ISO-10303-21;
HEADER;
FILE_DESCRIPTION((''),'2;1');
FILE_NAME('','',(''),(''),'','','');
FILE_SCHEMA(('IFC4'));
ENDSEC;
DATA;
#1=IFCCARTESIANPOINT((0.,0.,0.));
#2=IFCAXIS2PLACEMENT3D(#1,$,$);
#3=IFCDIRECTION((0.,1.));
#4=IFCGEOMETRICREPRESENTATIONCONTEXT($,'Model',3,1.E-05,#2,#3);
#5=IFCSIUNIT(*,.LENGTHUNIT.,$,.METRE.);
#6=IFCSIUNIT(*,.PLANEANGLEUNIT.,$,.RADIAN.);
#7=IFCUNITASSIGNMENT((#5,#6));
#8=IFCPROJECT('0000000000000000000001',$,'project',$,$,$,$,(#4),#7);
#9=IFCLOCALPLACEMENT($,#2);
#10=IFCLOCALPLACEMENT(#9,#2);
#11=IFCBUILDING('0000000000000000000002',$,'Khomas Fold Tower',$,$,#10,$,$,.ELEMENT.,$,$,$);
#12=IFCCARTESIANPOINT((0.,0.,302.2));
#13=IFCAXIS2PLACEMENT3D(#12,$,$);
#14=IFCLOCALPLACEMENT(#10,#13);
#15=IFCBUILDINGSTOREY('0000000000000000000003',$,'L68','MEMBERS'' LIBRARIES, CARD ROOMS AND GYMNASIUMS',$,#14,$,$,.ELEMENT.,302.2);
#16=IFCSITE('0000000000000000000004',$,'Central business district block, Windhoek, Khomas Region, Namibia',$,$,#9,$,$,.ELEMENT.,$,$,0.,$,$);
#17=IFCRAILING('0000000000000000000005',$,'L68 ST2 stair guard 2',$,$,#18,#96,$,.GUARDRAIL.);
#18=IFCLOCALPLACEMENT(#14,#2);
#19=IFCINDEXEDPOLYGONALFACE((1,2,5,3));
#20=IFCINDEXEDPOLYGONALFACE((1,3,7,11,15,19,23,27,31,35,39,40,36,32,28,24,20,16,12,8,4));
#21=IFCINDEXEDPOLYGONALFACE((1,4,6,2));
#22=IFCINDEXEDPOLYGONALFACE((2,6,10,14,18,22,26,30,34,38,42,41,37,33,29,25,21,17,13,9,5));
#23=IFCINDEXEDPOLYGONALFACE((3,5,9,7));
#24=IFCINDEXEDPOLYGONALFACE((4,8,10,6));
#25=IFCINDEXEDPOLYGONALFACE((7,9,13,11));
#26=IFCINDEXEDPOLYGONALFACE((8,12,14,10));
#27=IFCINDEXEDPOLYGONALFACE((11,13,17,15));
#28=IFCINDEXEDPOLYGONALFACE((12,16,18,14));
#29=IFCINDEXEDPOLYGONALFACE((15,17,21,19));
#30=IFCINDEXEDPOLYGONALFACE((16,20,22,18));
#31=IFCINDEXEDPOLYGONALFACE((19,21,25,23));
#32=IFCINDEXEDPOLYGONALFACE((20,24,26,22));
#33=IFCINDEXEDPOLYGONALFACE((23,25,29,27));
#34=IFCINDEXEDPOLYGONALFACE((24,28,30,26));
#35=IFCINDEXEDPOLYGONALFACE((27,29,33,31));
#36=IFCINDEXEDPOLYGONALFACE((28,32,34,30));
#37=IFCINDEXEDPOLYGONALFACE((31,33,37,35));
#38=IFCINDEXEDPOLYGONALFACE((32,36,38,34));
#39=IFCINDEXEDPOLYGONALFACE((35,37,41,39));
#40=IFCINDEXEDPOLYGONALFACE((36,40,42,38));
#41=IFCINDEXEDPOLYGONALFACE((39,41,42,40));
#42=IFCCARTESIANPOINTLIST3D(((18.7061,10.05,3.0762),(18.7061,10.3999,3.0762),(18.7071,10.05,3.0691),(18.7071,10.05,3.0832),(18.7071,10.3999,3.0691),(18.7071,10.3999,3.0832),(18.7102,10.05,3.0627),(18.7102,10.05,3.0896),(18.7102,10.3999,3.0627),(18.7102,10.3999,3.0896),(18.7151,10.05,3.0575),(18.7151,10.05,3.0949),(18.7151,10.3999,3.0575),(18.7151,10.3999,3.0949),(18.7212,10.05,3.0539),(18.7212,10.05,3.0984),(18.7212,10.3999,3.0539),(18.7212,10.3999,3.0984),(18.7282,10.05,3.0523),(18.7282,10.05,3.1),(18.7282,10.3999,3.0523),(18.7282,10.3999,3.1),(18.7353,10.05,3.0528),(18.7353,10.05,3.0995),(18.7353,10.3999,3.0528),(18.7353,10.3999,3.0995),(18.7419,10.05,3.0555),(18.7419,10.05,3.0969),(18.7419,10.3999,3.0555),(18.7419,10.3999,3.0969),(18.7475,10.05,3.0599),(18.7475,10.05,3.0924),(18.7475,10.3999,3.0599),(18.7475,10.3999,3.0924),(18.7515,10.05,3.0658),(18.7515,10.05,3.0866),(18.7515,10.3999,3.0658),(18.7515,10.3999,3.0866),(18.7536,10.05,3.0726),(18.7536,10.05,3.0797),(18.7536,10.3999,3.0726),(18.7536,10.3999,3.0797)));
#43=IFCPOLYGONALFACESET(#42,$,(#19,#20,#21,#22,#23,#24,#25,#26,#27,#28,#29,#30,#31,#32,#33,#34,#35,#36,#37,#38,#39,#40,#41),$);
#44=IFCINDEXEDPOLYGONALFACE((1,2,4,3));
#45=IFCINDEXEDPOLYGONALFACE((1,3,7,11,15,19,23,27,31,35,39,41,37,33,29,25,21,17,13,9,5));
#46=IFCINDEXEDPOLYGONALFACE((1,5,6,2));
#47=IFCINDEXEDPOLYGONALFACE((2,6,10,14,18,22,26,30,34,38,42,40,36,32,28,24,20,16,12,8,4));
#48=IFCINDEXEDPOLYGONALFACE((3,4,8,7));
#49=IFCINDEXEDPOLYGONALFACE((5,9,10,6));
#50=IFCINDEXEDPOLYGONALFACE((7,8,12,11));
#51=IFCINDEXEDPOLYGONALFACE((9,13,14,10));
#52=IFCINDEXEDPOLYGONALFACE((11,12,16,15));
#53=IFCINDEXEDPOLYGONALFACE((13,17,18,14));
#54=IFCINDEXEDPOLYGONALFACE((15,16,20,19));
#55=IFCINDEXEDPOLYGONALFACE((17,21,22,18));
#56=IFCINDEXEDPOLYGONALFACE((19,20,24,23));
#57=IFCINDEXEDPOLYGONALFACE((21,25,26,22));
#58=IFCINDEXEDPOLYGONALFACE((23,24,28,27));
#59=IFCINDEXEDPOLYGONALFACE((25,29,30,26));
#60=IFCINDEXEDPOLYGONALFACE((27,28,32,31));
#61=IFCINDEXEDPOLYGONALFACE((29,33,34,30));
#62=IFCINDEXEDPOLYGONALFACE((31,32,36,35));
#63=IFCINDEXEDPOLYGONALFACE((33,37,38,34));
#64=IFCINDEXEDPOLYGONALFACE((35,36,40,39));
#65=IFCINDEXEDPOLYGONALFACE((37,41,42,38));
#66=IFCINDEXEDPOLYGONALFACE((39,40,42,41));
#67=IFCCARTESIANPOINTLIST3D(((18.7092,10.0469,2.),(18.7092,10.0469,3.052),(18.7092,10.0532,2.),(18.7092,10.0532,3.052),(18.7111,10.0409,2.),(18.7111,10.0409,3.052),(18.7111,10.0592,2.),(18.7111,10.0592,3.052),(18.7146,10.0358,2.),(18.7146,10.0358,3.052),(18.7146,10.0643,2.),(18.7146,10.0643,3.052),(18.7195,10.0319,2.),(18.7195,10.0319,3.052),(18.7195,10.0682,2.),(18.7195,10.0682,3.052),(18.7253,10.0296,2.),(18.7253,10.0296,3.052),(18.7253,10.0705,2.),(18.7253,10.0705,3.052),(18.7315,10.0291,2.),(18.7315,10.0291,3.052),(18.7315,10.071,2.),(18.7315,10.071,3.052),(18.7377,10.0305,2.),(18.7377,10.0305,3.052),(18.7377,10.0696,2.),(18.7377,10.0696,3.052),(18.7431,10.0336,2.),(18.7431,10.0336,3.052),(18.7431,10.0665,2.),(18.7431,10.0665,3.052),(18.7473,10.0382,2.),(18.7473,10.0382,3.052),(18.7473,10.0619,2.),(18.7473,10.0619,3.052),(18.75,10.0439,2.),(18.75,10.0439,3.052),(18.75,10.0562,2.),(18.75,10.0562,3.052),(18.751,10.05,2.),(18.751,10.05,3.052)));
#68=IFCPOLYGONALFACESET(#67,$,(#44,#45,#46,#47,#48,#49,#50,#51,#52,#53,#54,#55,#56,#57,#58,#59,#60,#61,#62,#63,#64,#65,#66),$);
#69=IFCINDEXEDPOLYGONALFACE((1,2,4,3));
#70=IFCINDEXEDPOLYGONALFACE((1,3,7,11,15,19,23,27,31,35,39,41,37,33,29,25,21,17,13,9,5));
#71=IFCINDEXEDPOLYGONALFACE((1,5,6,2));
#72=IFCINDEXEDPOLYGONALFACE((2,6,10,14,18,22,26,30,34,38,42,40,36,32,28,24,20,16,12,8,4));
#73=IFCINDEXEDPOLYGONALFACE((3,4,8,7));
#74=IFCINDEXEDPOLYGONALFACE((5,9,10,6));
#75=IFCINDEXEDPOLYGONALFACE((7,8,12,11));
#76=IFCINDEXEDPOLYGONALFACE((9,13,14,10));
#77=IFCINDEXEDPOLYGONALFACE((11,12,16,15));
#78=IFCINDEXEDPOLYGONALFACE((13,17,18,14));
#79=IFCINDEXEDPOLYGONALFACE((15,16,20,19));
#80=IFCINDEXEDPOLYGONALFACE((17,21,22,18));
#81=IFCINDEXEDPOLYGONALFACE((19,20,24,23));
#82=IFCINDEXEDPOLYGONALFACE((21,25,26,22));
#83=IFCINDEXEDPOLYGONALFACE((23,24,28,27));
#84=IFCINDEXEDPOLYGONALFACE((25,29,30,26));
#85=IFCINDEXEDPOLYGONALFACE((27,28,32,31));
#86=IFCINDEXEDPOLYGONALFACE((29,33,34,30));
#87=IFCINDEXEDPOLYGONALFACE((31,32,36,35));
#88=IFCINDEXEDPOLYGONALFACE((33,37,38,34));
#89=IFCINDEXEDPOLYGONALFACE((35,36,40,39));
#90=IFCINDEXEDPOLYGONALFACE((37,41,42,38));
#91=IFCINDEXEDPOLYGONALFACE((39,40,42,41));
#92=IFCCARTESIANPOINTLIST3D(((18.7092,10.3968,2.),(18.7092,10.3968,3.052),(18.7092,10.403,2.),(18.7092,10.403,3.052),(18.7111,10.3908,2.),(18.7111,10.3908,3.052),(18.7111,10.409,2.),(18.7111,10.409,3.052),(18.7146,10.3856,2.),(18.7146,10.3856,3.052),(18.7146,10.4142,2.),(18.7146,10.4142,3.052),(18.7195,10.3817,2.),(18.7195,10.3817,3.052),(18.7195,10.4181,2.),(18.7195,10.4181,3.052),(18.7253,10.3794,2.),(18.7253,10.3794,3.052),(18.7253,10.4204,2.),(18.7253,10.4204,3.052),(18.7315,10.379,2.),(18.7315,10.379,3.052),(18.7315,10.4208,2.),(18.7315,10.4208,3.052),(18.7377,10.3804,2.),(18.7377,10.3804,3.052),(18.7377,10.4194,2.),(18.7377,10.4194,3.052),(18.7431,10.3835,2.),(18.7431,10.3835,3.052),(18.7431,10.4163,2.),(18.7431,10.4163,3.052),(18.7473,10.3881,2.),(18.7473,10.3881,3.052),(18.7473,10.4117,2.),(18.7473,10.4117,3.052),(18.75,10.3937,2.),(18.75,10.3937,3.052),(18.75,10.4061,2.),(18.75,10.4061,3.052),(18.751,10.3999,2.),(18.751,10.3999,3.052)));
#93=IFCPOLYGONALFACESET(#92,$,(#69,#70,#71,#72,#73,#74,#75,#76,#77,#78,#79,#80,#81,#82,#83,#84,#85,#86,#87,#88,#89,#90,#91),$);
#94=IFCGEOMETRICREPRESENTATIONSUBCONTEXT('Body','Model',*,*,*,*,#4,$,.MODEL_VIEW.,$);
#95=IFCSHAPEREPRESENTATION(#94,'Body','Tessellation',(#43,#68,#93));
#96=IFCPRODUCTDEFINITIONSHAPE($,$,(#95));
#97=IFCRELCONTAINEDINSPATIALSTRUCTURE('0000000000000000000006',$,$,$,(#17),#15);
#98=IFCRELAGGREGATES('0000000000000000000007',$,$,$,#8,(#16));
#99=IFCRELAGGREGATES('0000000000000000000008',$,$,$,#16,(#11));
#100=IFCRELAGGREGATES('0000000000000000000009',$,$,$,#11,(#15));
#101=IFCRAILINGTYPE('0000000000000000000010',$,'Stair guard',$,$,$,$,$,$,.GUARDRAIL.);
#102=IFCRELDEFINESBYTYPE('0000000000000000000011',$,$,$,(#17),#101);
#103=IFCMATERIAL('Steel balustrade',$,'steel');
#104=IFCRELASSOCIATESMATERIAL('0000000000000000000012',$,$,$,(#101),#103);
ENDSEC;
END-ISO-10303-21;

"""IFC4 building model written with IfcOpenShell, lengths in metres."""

from ifc_helpers import new_model, si_unit, direction, frame, origin, origin_2d, place, context, subcontext, project, spatial, circle, extrude, source, transform, mapped, material, type_object, element, save


model = new_model("IFC4")

# Units and contexts
model_context = context("Model", 3, precision=1e-05, world=origin(), true_north=direction((0.0, 1.0)))
body_context = subcontext(model_context, "Body", "Model", "MODEL_VIEW")
ifc_project = project(units=[si_unit("LENGTHUNIT", "METRE"), si_unit("PLANEANGLEUNIT", "RADIAN")], contexts=[model_context])

# Site, building, storey
site_placement = place(None, origin())
site = spatial("IfcSite", under=ifc_project, at=site_placement, Name="Central business district block, Windhoek, Khomas Region, Namibia", CompositionType="ELEMENT", RefElevation=0.0)
building_placement = place(site_placement, origin())
building = spatial("IfcBuilding", under=site, at=building_placement, Name="Khomas Fold Tower", CompositionType="ELEMENT")
storey_placement = place(building_placement, frame((0.0, 0.0, 302.2)))
storey = spatial("IfcBuildingStorey", under=building, at=storey_placement, Name="L68", Description="MEMBERS' LIBRARIES, CARD ROOMS AND GYMNASIUMS", CompositionType="ELEMENT", Elevation=302.2)

# Railing
ifc_material_1 = material(Name="Steel balustrade", Category="steel")
railing_type_1 = type_object("IfcRailingType", Name="Stair guard", PredefinedType="GUARDRAIL", material=ifc_material_1)
shared_shape_1 = source(origin(), body_context, "Body", "SweptSolid", [
    extrude(circle(Radius=0.0239, at=origin_2d()), frame((0.0, 0.0, 1.0762), z_axis=(0.0, 1.0, 0.0), x_axis=(-1.0, 0.0, 0.0)), (0.0, 0.0, 1.0), 0.3499),
    extrude(circle(Radius=0.021, at=origin_2d()), origin(), (0.0, 0.0, 1.0), 1.052),
    extrude(circle(Radius=0.021, at=origin_2d()), frame((0.0, 0.3499, 0.0)), (0.0, 0.0, 1.0), 1.052),
])
railing_1_placement = place(storey_placement, frame((18.73, 10.05, 2.0)))
element("IfcRailing", 1, at=railing_1_placement, inside=storey, type_object=railing_type_1, Name="L68 ST2 stair guard 2", PredefinedType="GUARDRAIL", context=body_context, shape_type="MappedRepresentation", body=[
    mapped(shared_shape_1, transform((0.0, 0.0, 0.0))),
])

save(model, "model.ifc")
